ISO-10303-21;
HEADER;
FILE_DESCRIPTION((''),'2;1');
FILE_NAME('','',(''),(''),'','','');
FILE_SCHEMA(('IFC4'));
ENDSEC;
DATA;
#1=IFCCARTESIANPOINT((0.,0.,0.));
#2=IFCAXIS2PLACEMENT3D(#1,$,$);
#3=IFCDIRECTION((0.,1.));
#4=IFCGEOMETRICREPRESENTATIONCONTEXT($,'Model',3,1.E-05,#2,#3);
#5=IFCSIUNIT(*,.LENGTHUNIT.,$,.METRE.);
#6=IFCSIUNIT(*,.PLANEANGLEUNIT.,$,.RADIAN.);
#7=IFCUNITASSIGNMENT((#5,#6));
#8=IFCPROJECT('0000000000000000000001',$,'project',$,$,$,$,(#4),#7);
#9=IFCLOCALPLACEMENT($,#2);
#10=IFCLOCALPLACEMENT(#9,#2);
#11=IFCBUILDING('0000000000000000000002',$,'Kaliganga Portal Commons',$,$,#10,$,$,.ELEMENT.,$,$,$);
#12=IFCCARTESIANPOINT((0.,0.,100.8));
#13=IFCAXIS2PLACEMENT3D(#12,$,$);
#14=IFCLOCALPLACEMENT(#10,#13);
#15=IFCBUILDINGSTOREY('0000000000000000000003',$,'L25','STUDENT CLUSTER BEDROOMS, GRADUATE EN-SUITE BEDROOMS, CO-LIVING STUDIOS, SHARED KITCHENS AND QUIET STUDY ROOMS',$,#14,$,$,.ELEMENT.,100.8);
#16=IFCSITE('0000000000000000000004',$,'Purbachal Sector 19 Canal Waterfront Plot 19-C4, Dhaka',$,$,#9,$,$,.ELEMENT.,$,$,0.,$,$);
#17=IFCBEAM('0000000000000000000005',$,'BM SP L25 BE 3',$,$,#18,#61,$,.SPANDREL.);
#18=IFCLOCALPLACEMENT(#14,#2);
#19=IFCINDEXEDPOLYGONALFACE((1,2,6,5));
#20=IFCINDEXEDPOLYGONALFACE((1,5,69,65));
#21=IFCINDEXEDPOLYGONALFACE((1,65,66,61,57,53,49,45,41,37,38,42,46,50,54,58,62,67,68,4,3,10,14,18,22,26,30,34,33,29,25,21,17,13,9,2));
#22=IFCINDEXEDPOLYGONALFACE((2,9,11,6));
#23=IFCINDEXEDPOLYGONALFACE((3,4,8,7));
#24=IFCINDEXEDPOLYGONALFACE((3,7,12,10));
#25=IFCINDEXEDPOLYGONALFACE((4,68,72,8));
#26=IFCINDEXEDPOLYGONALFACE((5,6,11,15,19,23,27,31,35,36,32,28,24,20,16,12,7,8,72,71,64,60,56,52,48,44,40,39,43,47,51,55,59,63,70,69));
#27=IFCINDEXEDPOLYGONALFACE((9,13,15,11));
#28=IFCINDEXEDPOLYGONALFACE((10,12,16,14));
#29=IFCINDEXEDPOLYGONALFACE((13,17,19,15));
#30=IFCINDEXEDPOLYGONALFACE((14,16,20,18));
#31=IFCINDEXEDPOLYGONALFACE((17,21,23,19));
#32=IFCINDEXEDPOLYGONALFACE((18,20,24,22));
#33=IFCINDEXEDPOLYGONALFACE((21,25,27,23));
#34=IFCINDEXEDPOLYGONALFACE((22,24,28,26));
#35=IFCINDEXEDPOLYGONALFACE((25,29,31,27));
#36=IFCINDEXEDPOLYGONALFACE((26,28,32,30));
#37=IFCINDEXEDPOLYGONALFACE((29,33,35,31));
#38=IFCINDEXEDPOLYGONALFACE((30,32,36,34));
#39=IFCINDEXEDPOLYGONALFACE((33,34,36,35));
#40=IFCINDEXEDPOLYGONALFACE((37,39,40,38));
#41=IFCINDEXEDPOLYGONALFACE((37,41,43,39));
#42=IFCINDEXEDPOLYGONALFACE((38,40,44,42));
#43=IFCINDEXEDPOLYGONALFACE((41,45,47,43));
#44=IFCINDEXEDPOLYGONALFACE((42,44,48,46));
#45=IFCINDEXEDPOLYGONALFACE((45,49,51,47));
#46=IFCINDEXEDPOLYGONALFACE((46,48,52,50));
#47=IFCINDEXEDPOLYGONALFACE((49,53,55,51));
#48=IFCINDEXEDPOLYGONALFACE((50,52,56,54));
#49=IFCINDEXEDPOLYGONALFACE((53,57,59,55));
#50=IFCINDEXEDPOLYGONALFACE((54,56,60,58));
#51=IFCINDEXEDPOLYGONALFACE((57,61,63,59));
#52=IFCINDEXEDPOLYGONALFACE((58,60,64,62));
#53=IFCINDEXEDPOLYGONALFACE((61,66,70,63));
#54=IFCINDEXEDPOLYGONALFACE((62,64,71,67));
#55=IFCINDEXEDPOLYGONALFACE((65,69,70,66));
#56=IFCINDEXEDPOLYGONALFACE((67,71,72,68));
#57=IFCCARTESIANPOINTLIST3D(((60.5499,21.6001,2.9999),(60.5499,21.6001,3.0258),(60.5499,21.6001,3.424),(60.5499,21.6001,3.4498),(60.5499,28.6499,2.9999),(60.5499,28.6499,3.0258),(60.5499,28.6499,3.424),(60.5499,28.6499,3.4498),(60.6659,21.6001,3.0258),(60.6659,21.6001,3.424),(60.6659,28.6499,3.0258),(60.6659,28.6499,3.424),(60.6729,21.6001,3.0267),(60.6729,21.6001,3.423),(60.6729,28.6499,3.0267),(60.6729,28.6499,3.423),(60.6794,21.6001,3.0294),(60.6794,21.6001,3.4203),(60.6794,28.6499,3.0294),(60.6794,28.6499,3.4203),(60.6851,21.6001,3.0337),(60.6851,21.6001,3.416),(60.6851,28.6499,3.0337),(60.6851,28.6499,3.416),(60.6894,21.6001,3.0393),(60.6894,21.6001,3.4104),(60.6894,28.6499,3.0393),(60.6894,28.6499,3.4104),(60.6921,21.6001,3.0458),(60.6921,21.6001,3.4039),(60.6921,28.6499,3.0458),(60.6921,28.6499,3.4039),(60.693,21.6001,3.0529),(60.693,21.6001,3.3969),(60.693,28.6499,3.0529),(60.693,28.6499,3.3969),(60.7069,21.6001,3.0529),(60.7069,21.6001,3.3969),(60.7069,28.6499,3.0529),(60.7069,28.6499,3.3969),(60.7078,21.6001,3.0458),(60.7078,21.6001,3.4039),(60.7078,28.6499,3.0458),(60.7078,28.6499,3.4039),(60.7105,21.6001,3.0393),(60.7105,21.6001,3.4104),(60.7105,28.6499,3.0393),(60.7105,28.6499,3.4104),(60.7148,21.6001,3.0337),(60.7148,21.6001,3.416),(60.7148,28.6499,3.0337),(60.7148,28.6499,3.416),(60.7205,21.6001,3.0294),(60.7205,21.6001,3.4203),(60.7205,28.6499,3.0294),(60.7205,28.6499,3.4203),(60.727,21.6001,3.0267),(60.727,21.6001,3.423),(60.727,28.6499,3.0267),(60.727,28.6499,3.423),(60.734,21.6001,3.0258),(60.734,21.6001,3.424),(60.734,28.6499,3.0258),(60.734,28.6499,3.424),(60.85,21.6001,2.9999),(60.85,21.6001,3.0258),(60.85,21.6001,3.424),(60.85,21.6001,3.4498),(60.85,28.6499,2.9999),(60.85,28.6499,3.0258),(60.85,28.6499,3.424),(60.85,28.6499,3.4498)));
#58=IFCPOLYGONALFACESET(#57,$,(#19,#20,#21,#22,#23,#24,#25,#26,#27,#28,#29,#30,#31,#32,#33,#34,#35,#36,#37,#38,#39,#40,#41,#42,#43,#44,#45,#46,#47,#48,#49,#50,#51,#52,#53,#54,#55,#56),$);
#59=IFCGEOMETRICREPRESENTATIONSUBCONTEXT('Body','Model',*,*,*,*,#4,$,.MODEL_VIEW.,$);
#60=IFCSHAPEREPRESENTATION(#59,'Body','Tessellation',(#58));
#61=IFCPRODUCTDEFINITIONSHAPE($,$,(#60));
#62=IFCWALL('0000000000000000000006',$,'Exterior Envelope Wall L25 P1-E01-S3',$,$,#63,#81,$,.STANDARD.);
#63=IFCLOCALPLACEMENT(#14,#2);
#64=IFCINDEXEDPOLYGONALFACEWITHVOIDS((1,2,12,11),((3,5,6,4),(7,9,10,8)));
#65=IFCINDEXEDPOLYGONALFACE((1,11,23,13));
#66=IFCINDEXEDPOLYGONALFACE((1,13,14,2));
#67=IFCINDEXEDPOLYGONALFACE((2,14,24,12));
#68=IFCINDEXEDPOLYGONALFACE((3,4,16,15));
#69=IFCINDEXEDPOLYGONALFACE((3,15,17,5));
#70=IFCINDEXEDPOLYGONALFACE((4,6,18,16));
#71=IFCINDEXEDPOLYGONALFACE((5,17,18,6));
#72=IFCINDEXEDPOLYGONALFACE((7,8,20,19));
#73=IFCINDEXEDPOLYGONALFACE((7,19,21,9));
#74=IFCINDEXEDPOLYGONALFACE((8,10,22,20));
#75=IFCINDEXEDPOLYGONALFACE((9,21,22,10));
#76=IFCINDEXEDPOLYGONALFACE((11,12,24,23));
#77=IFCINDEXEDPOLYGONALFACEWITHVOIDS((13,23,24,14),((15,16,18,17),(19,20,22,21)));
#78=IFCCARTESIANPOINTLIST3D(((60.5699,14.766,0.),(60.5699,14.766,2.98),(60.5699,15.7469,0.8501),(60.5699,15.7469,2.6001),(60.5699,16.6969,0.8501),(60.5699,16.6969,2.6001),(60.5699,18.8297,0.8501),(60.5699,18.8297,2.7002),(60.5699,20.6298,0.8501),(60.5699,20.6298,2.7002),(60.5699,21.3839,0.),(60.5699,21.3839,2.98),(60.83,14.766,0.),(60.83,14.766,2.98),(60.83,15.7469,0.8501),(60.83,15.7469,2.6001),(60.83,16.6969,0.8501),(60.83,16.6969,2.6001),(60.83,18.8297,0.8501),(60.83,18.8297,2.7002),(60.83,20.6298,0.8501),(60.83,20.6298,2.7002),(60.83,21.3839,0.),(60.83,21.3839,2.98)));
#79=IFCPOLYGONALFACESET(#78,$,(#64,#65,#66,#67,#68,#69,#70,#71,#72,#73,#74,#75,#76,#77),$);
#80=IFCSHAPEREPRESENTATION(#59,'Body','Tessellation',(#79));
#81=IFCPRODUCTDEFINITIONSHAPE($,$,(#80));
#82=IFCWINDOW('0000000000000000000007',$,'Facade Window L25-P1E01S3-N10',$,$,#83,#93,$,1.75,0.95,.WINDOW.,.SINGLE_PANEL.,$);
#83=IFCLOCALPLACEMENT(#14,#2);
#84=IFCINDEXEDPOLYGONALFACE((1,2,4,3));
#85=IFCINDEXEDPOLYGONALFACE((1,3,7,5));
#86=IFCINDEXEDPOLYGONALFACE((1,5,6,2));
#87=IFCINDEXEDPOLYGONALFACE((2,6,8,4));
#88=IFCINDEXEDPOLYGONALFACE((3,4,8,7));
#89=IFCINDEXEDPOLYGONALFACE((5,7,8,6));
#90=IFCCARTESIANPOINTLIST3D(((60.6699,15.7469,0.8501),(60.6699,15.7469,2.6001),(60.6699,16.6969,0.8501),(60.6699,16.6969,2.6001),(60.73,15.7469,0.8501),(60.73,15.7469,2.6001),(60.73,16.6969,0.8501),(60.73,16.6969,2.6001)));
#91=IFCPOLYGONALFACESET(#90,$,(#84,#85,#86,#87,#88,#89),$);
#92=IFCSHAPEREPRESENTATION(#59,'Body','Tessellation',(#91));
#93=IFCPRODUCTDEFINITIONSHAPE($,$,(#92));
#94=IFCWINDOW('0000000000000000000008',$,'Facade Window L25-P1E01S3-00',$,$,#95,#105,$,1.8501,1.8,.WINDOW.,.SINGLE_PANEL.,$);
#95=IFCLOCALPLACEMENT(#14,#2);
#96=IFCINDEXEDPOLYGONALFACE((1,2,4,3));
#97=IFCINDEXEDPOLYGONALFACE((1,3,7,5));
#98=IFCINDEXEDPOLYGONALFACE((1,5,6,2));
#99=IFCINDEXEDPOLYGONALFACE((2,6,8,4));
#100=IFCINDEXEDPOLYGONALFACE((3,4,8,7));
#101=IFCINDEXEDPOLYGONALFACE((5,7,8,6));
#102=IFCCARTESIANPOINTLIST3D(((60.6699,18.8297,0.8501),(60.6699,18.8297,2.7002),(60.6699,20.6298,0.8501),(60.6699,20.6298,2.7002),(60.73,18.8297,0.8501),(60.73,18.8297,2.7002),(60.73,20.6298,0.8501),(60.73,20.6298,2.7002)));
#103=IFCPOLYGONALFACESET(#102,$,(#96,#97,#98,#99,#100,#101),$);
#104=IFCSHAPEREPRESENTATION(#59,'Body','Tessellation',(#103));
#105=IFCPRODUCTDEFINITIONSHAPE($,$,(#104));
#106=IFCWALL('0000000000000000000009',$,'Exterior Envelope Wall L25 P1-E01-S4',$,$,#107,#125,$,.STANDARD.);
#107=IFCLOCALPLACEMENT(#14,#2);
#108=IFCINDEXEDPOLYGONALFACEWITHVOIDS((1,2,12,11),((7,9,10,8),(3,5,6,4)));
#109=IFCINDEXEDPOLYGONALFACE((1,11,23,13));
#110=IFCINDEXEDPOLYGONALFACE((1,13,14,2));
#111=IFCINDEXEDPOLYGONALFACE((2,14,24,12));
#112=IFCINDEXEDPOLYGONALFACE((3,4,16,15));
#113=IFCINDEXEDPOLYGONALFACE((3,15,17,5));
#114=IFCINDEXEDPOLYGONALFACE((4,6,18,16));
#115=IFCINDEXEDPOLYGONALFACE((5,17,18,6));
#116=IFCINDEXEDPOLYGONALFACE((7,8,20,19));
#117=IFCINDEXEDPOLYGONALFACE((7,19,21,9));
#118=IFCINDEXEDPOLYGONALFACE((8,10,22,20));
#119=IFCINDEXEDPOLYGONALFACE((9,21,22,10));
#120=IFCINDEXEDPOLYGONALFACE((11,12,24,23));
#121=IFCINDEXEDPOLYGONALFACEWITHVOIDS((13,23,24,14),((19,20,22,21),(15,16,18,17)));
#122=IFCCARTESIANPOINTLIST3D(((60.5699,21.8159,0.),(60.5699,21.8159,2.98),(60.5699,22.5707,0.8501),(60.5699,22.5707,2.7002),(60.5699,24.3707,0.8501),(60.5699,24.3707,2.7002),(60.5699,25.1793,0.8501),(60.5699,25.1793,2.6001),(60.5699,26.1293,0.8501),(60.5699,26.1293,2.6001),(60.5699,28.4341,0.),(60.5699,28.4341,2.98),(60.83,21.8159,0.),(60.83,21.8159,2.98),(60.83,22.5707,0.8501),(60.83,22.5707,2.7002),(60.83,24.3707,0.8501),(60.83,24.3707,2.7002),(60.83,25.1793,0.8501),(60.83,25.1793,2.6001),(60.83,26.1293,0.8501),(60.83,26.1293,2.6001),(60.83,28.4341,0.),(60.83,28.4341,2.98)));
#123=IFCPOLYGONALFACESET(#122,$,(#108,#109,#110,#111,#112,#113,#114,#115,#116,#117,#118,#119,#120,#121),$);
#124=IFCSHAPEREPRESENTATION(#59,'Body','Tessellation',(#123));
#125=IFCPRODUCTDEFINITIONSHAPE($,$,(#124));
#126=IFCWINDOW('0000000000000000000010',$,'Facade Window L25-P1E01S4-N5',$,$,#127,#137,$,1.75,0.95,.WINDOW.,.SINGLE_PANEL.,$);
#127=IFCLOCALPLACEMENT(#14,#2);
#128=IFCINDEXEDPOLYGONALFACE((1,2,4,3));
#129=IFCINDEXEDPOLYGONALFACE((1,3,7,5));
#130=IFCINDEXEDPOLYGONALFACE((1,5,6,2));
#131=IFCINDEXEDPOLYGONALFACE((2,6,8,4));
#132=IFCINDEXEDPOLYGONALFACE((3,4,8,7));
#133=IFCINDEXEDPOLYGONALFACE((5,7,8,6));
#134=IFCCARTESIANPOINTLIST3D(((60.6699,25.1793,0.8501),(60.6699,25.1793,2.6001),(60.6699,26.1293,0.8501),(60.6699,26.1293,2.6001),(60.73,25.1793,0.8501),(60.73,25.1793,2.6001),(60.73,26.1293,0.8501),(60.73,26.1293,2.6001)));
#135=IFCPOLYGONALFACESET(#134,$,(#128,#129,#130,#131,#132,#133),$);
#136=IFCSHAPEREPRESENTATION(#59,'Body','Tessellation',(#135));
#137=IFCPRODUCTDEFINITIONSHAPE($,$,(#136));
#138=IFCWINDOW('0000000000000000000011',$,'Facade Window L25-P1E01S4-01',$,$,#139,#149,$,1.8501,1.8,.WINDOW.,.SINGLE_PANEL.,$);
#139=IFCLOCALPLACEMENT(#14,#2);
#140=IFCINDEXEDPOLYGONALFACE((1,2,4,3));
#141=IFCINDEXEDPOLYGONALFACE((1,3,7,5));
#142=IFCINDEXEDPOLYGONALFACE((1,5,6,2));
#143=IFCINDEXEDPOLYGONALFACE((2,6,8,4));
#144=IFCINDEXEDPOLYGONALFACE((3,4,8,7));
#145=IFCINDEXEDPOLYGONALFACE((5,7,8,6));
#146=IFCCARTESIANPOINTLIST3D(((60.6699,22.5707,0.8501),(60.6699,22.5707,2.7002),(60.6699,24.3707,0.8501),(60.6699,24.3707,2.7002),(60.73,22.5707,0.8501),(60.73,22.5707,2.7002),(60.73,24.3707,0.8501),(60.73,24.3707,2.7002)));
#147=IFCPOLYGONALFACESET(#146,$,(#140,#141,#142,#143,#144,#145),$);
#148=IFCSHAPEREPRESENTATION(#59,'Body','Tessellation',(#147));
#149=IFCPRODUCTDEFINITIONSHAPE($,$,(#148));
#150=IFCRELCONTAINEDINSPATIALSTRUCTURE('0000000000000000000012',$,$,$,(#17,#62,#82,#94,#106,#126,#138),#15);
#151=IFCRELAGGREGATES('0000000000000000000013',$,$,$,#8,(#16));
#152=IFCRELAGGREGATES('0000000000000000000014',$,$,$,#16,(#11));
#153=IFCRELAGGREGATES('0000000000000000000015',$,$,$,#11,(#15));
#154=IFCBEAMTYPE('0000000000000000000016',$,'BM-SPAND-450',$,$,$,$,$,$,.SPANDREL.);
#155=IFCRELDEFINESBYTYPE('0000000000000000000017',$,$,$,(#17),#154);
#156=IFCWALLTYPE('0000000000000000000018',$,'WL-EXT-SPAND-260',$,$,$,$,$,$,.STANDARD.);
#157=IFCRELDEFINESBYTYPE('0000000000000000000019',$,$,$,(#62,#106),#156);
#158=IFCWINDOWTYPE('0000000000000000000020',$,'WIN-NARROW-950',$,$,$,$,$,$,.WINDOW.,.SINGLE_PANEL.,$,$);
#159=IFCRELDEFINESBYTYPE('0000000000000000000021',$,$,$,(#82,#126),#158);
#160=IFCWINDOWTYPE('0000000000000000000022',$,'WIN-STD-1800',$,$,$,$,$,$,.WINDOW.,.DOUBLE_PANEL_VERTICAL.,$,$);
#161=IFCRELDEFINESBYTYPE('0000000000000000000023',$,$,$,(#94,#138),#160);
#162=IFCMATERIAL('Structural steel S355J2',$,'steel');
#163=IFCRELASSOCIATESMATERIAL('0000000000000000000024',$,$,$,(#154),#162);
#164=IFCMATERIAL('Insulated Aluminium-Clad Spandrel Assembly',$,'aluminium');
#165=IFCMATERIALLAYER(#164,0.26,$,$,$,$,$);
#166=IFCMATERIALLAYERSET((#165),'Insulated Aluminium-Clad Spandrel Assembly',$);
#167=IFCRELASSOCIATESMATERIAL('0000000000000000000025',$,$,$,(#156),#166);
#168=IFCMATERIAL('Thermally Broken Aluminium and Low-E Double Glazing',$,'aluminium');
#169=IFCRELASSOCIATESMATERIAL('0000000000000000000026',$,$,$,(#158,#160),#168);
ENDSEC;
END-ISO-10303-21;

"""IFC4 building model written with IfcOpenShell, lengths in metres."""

from ifc_helpers import new_model, si_unit, direction, frame, frame_2d, origin, origin_2d, place, context, subcontext, project, spatial, rectangle, i_section, extrude, source, transform, mapped, material, layer, layer_set, material_profile, profile_set, type_object, element, fill, save


model = new_model("IFC4")

# Units and contexts
model_context = context("Model", 3, precision=1e-05, world=origin(), true_north=direction((0.0, 1.0)))
body_context = subcontext(model_context, "Body", "Model", "MODEL_VIEW")
ifc_project = project(units=[si_unit("LENGTHUNIT", "METRE"), si_unit("PLANEANGLEUNIT", "RADIAN")], contexts=[model_context])

# Site, building, storey
site_placement = place(None, origin())
site = spatial("IfcSite", under=ifc_project, at=site_placement, Name="Purbachal Sector 19 Canal Waterfront Plot 19-C4, Dhaka", CompositionType="ELEMENT", RefElevation=0.0)
building_placement = place(site_placement, origin())
building = spatial("IfcBuilding", under=site, at=building_placement, Name="Kaliganga Portal Commons", CompositionType="ELEMENT")
storey_placement = place(building_placement, frame((0.0, 0.0, 100.8)))
storey = spatial("IfcBuildingStorey", under=building, at=storey_placement, Name="L25", Description="STUDENT CLUSTER BEDROOMS, GRADUATE EN-SUITE BEDROOMS, CO-LIVING STUDIOS, SHARED KITCHENS AND QUIET STUDY ROOMS", CompositionType="ELEMENT", Elevation=100.8)

# Beam
ifc_material_1 = material(Name="Structural steel S355J2", Category="steel")
ifc_material_profile_1 = material_profile(ifc_material_1, i_section(OverallWidth=0.3, OverallDepth=0.45, WebThickness=0.0139, FlangeThickness=0.0259, FilletRadius=0.0271, at=origin_2d()), Name="HE 450 B")
ifc_profile_set_1 = profile_set([ifc_material_profile_1], Name="Structural steel S355J2 wide-flange")
beam_type_1 = type_object("IfcBeamType", Name="BM-SPAND-450", PredefinedType="SPANDREL", material=ifc_profile_set_1)
shared_shape_1 = source(origin(), body_context, "Body", "SweptSolid", [
    extrude(i_section(OverallWidth=0.3, OverallDepth=0.45, WebThickness=0.0139, FlangeThickness=0.0259, FilletRadius=0.0271, at=origin_2d()), origin(), (0.0, 0.0, 1.0), 7.0498),
])
beam_1_placement = place(storey_placement, frame((60.7, 21.6001, 3.2249), z_axis=(0.0, 1.0, 0.0), x_axis=(-1.0, 0.0, 0.0)))
element("IfcBeam", 1, at=beam_1_placement, inside=storey, type_object=beam_type_1, Name="BM SP L25 BE 3", PredefinedType="SPANDREL", context=body_context, shape_type="MappedRepresentation", body=[
    mapped(shared_shape_1, transform((0.0, 0.0, 0.0), x_axis=(1.0, 0.0, 0.0), y_axis=(0.0, 1.0, 0.0), z_axis=(0.0, 0.0, 1.0), scale=1.0)),
])

# Walls, openings, windows
ifc_material_2 = material(Name="Insulated Aluminium-Clad Spandrel Assembly", Category="aluminium")
ifc_layer_1 = layer(ifc_material_2, 0.26)
ifc_layer_set_1 = layer_set([ifc_layer_1], Name="Insulated Aluminium-Clad Spandrel Assembly")
wall_type_1 = type_object("IfcWallType", Name="WL-EXT-SPAND-260", PredefinedType="STANDARD", material=ifc_layer_set_1)
wall_1_placement = place(storey_placement, frame((60.7, 21.384, 0.0), z_axis=(0.0, 0.0, 1.0), x_axis=(0.0, -1.0, 0.0)))
wall_1 = element("IfcWall", 2, at=wall_1_placement, inside=storey, type_object=wall_type_1, Name="Exterior Envelope Wall L25 P1-E01-S3", PredefinedType="STANDARD", context=body_context, shape_type="SweptSolid", body=[
    extrude(rectangle(XDim=6.6179, YDim=0.26, at=frame_2d((3.3091, 0.0))), origin(), (0.0, 0.0, 1.0), 2.98),
])
opening_1_placement = place(wall_1_placement, frame((0.7544, 0.0, 0.8501)))
opening_1 = element("IfcOpeningElement", 3, at=opening_1_placement, cuts=wall_1, PredefinedType="OPENING", context=body_context, shape_type="SweptSolid", body=[
    extrude(rectangle(XDim=1.8, YDim=1.8501, at=frame_2d((0.8999, 0.925))), frame((0.0, 0.1401, 0.0), z_axis=(0.0, -1.0, 0.0), x_axis=(1.0, 0.0, 0.0)), (0.0, 0.0, 1.0), 0.28),
])
opening_2_placement = place(wall_1_placement, frame((4.687, 0.0, 0.8501)))
opening_2 = element("IfcOpeningElement", 4, at=opening_2_placement, cuts=wall_1, PredefinedType="OPENING", context=body_context, shape_type="SweptSolid", body=[
    extrude(rectangle(XDim=0.95, YDim=1.75, at=frame_2d((0.4751, 0.875))), frame((0.0, 0.1401, 0.0), z_axis=(0.0, -1.0, 0.0), x_axis=(1.0, 0.0, 0.0)), (0.0, 0.0, 1.0), 0.28),
])
ifc_material_3 = material(Name="Thermally Broken Aluminium and Low-E Double Glazing", Category="aluminium")
window_type_1 = type_object("IfcWindowType", Name="WIN-NARROW-950", PartitioningType="SINGLE_PANEL", PredefinedType="WINDOW", material=ifc_material_3)
window_1_placement = place(opening_2_placement, origin())
window_1 = element("IfcWindow", 5, at=window_1_placement, inside=storey, type_object=window_type_1, Name="Facade Window L25-P1E01S3-N10", OverallHeight=1.75, OverallWidth=0.95, PartitioningType="SINGLE_PANEL", PredefinedType="WINDOW", context=body_context, shape_type="SweptSolid", body=[
    extrude(rectangle(XDim=0.95, YDim=1.75, at=frame_2d((0.4751, 0.875))), frame((0.0, 0.03, 0.0), z_axis=(0.0, -1.0, 0.0), x_axis=(1.0, 0.0, 0.0)), (0.0, 0.0, 1.0), 0.0601),
])
fill(opening_2, window_1)
window_type_2 = type_object("IfcWindowType", Name="WIN-STD-1800", PartitioningType="DOUBLE_PANEL_VERTICAL", PredefinedType="WINDOW", material=ifc_material_3)
window_2_placement = place(opening_1_placement, origin())
window_2 = element("IfcWindow", 6, at=window_2_placement, inside=storey, type_object=window_type_2, Name="Facade Window L25-P1E01S3-00", OverallHeight=1.8501, OverallWidth=1.8, PartitioningType="SINGLE_PANEL", PredefinedType="WINDOW", context=body_context, shape_type="SweptSolid", body=[
    extrude(rectangle(XDim=1.8, YDim=1.8501, at=frame_2d((0.8999, 0.925))), frame((0.0, 0.03, 0.0), z_axis=(0.0, -1.0, 0.0), x_axis=(1.0, 0.0, 0.0)), (0.0, 0.0, 1.0), 0.0601),
])
fill(opening_1, window_2)
wall_2_placement = place(storey_placement, frame((60.7, 28.4341, 0.0), z_axis=(0.0, 0.0, 1.0), x_axis=(0.0, -1.0, 0.0)))
wall_2 = element("IfcWall", 7, at=wall_2_placement, inside=storey, type_object=wall_type_1, Name="Exterior Envelope Wall L25 P1-E01-S4", PredefinedType="STANDARD", context=body_context, shape_type="SweptSolid", body=[
    extrude(rectangle(XDim=6.6182, YDim=0.26, at=frame_2d((3.3091, 0.0))), origin(), (0.0, 0.0, 1.0), 2.98),
])
opening_3_placement = place(wall_2_placement, frame((4.0635, 0.0, 0.8501)))
opening_3 = element("IfcOpeningElement", 8, at=opening_3_placement, cuts=wall_2, PredefinedType="OPENING", context=body_context, shape_type="SweptSolid", body=[
    extrude(rectangle(XDim=1.8, YDim=1.8501, at=frame_2d((0.8999, 0.925))), frame((0.0, 0.1401, 0.0), z_axis=(0.0, -1.0, 0.0), x_axis=(1.0, 0.0, 0.0)), (0.0, 0.0, 1.0), 0.28),
])
opening_4_placement = place(wall_2_placement, frame((2.3047, 0.0, 0.8501)))
opening_4 = element("IfcOpeningElement", 9, at=opening_4_placement, cuts=wall_2, PredefinedType="OPENING", context=body_context, shape_type="SweptSolid", body=[
    extrude(rectangle(XDim=0.95, YDim=1.75, at=frame_2d((0.4751, 0.875))), frame((0.0, 0.1401, 0.0), z_axis=(0.0, -1.0, 0.0), x_axis=(1.0, 0.0, 0.0)), (0.0, 0.0, 1.0), 0.28),
])
window_3_placement = place(opening_4_placement, origin())
window_3 = element("IfcWindow", 10, at=window_3_placement, inside=storey, type_object=window_type_1, Name="Facade Window L25-P1E01S4-N5", OverallHeight=1.75, OverallWidth=0.95, PartitioningType="SINGLE_PANEL", PredefinedType="WINDOW", context=body_context, shape_type="SweptSolid", body=[
    extrude(rectangle(XDim=0.95, YDim=1.75, at=frame_2d((0.4751, 0.875))), frame((0.0, 0.03, 0.0), z_axis=(0.0, -1.0, 0.0), x_axis=(1.0, 0.0, 0.0)), (0.0, 0.0, 1.0), 0.0601),
])
fill(opening_4, window_3)
window_4_placement = place(opening_3_placement, origin())
window_4 = element("IfcWindow", 11, at=window_4_placement, inside=storey, type_object=window_type_2, Name="Facade Window L25-P1E01S4-01", OverallHeight=1.8501, OverallWidth=1.8, PartitioningType="SINGLE_PANEL", PredefinedType="WINDOW", context=body_context, shape_type="SweptSolid", body=[
    extrude(rectangle(XDim=1.8, YDim=1.8501, at=frame_2d((0.8999, 0.925))), frame((0.0, 0.03, 0.0), z_axis=(0.0, -1.0, 0.0), x_axis=(1.0, 0.0, 0.0)), (0.0, 0.0, 1.0), 0.0601),
])
fill(opening_3, window_4)

save(model, "model.ifc")
